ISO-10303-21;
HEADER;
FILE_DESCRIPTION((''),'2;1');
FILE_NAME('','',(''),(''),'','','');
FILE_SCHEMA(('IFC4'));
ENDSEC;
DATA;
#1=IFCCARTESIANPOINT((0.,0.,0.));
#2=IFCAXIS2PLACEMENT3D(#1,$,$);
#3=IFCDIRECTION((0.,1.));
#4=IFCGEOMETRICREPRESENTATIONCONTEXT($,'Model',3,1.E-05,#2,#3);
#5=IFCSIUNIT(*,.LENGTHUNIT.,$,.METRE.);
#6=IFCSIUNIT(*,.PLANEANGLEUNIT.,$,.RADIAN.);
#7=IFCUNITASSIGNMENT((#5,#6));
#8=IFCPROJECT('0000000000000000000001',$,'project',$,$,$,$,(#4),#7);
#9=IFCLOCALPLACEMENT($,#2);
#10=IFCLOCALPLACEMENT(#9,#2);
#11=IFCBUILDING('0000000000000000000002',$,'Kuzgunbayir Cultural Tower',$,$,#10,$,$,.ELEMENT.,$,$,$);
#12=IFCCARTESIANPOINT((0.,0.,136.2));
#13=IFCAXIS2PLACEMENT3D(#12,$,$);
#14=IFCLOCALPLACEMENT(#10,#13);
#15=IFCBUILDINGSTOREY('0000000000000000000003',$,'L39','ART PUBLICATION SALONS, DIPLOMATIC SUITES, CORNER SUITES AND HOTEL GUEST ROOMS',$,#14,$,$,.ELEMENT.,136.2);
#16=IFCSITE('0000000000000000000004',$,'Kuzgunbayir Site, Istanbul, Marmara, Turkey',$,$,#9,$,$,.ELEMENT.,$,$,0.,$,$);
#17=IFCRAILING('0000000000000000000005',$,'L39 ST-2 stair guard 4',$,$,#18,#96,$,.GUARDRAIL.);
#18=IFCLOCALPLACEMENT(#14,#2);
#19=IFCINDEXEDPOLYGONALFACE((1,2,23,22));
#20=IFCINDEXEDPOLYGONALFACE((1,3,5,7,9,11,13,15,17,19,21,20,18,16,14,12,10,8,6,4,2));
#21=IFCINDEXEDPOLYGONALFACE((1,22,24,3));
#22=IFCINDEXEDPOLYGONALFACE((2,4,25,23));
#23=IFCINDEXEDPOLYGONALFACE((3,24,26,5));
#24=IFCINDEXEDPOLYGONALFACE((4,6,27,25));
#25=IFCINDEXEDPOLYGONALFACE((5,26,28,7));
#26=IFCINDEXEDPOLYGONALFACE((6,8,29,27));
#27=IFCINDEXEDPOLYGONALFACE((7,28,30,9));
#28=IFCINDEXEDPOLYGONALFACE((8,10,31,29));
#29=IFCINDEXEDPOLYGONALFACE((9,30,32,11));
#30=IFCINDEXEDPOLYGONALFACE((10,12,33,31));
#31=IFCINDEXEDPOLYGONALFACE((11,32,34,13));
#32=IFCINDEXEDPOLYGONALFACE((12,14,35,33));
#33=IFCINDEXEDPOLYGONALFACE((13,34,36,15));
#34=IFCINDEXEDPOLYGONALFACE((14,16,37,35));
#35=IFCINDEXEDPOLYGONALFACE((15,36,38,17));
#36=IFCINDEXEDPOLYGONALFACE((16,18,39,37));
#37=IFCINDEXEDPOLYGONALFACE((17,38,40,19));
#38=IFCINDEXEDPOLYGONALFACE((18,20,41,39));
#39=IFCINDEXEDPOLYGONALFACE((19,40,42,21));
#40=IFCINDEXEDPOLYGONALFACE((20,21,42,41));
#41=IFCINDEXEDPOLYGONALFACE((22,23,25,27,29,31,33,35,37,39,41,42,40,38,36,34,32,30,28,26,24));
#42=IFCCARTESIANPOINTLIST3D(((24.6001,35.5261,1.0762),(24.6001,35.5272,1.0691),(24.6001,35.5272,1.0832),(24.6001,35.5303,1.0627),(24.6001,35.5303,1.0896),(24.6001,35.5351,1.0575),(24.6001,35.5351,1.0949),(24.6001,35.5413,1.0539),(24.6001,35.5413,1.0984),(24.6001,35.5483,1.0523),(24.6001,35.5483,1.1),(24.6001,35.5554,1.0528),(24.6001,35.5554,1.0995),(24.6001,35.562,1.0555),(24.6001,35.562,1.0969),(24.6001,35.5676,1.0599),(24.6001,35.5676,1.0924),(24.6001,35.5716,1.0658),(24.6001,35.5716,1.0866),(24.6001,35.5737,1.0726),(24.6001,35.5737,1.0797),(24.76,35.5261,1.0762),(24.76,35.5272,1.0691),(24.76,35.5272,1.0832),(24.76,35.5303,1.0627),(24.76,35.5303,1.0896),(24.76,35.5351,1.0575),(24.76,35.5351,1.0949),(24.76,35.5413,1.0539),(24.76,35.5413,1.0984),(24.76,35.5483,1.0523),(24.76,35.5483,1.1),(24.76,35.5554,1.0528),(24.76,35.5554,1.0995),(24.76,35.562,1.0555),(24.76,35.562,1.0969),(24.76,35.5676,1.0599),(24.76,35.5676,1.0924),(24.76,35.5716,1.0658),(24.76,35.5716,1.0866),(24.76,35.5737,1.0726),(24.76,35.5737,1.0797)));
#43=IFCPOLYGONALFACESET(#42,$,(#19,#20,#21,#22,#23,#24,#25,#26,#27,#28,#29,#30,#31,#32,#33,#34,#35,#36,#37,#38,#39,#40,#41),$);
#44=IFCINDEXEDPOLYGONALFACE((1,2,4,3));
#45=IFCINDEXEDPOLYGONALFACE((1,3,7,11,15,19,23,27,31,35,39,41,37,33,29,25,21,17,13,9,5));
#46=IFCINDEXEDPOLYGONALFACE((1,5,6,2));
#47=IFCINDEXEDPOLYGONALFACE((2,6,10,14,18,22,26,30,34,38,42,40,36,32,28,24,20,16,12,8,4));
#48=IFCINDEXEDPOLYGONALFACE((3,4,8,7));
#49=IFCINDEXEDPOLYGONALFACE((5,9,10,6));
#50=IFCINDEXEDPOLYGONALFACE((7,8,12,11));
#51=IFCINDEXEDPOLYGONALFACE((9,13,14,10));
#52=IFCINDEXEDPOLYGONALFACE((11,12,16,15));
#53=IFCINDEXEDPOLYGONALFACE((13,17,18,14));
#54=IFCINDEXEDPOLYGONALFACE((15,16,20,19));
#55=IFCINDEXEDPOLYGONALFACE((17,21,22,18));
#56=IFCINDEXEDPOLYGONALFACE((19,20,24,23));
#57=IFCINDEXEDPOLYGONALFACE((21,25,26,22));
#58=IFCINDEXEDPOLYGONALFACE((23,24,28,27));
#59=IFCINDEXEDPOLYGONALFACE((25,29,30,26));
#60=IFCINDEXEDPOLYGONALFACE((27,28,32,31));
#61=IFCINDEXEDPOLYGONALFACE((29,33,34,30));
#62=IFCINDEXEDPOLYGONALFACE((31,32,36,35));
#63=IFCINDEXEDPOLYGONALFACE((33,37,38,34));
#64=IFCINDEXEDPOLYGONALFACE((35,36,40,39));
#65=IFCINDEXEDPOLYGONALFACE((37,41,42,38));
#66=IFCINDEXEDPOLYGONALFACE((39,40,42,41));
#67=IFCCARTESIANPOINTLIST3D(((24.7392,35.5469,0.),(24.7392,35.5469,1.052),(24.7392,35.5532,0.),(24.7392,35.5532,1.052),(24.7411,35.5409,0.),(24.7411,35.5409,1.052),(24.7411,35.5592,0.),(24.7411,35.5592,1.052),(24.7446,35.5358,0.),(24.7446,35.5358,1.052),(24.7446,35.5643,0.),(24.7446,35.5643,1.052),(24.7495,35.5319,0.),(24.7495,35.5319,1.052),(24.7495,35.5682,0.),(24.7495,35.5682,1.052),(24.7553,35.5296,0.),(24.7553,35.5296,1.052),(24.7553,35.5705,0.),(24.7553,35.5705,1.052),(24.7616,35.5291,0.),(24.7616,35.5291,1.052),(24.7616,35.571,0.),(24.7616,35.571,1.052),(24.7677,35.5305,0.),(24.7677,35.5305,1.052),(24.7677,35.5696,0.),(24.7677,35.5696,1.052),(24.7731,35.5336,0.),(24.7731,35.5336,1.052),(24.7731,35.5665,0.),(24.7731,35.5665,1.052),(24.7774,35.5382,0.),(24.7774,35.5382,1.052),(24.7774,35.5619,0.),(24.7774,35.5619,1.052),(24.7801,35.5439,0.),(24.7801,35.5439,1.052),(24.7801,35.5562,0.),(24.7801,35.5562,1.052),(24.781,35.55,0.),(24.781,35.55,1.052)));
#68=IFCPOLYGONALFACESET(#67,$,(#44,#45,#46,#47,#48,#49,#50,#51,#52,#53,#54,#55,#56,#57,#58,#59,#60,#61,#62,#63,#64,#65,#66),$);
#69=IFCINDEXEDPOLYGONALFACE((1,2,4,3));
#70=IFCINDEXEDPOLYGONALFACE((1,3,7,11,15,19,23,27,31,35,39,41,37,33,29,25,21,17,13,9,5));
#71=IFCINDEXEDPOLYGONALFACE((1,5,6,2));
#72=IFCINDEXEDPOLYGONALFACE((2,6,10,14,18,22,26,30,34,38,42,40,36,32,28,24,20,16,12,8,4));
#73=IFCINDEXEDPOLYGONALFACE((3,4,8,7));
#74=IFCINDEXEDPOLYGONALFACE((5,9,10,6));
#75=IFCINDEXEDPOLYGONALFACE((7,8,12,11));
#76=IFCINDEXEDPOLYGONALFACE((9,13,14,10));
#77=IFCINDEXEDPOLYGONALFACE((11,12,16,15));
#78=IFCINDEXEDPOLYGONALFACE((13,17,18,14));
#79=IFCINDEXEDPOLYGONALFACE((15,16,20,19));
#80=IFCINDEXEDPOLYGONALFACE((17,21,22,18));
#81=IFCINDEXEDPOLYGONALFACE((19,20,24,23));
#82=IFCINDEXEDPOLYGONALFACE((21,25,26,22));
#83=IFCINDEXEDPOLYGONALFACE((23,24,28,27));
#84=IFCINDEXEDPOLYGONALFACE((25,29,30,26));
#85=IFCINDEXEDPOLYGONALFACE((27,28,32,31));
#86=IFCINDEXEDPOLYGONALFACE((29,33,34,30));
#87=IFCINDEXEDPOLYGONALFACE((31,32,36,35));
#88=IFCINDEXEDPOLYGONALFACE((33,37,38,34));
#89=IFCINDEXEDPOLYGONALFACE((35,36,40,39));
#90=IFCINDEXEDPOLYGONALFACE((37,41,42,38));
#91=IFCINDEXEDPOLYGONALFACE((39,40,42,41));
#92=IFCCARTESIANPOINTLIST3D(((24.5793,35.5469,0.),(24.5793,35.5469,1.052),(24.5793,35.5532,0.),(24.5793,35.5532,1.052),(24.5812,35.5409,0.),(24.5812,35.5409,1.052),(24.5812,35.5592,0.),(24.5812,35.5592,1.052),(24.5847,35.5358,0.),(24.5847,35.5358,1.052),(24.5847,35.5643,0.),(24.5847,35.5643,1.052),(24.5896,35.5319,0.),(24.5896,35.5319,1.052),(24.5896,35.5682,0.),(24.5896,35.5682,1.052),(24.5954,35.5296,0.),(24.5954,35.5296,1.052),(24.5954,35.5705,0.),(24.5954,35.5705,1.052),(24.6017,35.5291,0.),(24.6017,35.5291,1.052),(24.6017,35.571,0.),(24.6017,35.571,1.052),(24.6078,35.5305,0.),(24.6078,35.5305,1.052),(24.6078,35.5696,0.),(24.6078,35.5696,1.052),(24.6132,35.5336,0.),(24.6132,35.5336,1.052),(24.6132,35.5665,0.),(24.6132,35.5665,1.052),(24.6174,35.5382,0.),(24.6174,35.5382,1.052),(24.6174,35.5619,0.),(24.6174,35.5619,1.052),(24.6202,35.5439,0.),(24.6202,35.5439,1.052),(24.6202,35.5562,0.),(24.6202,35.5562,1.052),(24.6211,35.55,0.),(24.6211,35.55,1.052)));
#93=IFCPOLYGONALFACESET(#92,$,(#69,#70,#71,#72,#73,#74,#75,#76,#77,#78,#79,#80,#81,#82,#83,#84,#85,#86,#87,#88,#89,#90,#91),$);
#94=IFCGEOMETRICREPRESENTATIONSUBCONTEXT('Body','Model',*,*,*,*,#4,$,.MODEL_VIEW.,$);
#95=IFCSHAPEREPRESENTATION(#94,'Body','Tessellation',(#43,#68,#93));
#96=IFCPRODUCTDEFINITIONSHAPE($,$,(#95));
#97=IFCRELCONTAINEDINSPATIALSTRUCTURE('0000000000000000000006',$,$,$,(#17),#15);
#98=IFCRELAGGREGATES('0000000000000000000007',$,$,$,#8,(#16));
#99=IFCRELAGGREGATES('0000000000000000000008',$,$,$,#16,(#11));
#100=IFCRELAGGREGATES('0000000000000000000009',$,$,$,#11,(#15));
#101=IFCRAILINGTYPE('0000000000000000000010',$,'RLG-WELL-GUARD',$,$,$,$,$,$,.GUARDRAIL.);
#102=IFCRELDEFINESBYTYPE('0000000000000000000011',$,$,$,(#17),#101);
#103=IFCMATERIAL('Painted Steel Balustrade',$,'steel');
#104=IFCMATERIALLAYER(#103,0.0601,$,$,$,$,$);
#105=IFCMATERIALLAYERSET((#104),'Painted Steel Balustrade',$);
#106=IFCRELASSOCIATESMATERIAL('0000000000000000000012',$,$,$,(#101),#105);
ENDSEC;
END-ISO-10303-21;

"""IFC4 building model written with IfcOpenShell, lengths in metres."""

from ifc_helpers import new_model, si_unit, direction, frame, origin, origin_2d, place, context, subcontext, project, spatial, circle, extrude, material, layer, layer_set, type_object, element, save


model = new_model("IFC4")

# Units and contexts
model_context = context("Model", 3, precision=1e-05, world=origin(), true_north=direction((0.0, 1.0)))
body_context = subcontext(model_context, "Body", "Model", "MODEL_VIEW")
ifc_project = project(units=[si_unit("LENGTHUNIT", "METRE"), si_unit("PLANEANGLEUNIT", "RADIAN")], contexts=[model_context])

# Site, building, storey
site_placement = place(None, origin())
site = spatial("IfcSite", under=ifc_project, at=site_placement, Name="Kuzgunbayir Site, Istanbul, Marmara, Turkey", CompositionType="ELEMENT", RefElevation=0.0)
building_placement = place(site_placement, origin())
building = spatial("IfcBuilding", under=site, at=building_placement, Name="Kuzgunbayir Cultural Tower", CompositionType="ELEMENT")
storey_placement = place(building_placement, frame((0.0, 0.0, 136.2)))
storey = spatial("IfcBuildingStorey", under=building, at=storey_placement, Name="L39", Description="ART PUBLICATION SALONS, DIPLOMATIC SUITES, CORNER SUITES AND HOTEL GUEST ROOMS", CompositionType="ELEMENT", Elevation=136.2)

# Railing
ifc_material_1 = material(Name="Painted Steel Balustrade", Category="steel")
ifc_layer_1 = layer(ifc_material_1, 0.0601)
ifc_layer_set_1 = layer_set([ifc_layer_1], Name="Painted Steel Balustrade")
railing_type_1 = type_object("IfcRailingType", Name="RLG-WELL-GUARD", PredefinedType="GUARDRAIL", material=ifc_layer_set_1)
railing_1_placement = place(storey_placement, frame((24.76, 35.55, 0.0)))
element("IfcRailing", 1, at=railing_1_placement, inside=storey, type_object=railing_type_1, Name="L39 ST-2 stair guard 4", PredefinedType="GUARDRAIL", context=body_context, shape_type="SweptSolid", body=[
    extrude(circle(Radius=0.0239, at=origin_2d()), frame((0.0, 0.0, 1.0762), z_axis=(-1.0, 0.0, 0.0), x_axis=(0.0, -1.0, 0.0)), (0.0, 0.0, 1.0), 0.1599),
    extrude(circle(Radius=0.021, at=origin_2d()), origin(), (0.0, 0.0, 1.0), 1.052),
    extrude(circle(Radius=0.021, at=origin_2d()), frame((-0.1599, 0.0, 0.0)), (0.0, 0.0, 1.0), 1.052),
])

save(model, "model.ifc")
